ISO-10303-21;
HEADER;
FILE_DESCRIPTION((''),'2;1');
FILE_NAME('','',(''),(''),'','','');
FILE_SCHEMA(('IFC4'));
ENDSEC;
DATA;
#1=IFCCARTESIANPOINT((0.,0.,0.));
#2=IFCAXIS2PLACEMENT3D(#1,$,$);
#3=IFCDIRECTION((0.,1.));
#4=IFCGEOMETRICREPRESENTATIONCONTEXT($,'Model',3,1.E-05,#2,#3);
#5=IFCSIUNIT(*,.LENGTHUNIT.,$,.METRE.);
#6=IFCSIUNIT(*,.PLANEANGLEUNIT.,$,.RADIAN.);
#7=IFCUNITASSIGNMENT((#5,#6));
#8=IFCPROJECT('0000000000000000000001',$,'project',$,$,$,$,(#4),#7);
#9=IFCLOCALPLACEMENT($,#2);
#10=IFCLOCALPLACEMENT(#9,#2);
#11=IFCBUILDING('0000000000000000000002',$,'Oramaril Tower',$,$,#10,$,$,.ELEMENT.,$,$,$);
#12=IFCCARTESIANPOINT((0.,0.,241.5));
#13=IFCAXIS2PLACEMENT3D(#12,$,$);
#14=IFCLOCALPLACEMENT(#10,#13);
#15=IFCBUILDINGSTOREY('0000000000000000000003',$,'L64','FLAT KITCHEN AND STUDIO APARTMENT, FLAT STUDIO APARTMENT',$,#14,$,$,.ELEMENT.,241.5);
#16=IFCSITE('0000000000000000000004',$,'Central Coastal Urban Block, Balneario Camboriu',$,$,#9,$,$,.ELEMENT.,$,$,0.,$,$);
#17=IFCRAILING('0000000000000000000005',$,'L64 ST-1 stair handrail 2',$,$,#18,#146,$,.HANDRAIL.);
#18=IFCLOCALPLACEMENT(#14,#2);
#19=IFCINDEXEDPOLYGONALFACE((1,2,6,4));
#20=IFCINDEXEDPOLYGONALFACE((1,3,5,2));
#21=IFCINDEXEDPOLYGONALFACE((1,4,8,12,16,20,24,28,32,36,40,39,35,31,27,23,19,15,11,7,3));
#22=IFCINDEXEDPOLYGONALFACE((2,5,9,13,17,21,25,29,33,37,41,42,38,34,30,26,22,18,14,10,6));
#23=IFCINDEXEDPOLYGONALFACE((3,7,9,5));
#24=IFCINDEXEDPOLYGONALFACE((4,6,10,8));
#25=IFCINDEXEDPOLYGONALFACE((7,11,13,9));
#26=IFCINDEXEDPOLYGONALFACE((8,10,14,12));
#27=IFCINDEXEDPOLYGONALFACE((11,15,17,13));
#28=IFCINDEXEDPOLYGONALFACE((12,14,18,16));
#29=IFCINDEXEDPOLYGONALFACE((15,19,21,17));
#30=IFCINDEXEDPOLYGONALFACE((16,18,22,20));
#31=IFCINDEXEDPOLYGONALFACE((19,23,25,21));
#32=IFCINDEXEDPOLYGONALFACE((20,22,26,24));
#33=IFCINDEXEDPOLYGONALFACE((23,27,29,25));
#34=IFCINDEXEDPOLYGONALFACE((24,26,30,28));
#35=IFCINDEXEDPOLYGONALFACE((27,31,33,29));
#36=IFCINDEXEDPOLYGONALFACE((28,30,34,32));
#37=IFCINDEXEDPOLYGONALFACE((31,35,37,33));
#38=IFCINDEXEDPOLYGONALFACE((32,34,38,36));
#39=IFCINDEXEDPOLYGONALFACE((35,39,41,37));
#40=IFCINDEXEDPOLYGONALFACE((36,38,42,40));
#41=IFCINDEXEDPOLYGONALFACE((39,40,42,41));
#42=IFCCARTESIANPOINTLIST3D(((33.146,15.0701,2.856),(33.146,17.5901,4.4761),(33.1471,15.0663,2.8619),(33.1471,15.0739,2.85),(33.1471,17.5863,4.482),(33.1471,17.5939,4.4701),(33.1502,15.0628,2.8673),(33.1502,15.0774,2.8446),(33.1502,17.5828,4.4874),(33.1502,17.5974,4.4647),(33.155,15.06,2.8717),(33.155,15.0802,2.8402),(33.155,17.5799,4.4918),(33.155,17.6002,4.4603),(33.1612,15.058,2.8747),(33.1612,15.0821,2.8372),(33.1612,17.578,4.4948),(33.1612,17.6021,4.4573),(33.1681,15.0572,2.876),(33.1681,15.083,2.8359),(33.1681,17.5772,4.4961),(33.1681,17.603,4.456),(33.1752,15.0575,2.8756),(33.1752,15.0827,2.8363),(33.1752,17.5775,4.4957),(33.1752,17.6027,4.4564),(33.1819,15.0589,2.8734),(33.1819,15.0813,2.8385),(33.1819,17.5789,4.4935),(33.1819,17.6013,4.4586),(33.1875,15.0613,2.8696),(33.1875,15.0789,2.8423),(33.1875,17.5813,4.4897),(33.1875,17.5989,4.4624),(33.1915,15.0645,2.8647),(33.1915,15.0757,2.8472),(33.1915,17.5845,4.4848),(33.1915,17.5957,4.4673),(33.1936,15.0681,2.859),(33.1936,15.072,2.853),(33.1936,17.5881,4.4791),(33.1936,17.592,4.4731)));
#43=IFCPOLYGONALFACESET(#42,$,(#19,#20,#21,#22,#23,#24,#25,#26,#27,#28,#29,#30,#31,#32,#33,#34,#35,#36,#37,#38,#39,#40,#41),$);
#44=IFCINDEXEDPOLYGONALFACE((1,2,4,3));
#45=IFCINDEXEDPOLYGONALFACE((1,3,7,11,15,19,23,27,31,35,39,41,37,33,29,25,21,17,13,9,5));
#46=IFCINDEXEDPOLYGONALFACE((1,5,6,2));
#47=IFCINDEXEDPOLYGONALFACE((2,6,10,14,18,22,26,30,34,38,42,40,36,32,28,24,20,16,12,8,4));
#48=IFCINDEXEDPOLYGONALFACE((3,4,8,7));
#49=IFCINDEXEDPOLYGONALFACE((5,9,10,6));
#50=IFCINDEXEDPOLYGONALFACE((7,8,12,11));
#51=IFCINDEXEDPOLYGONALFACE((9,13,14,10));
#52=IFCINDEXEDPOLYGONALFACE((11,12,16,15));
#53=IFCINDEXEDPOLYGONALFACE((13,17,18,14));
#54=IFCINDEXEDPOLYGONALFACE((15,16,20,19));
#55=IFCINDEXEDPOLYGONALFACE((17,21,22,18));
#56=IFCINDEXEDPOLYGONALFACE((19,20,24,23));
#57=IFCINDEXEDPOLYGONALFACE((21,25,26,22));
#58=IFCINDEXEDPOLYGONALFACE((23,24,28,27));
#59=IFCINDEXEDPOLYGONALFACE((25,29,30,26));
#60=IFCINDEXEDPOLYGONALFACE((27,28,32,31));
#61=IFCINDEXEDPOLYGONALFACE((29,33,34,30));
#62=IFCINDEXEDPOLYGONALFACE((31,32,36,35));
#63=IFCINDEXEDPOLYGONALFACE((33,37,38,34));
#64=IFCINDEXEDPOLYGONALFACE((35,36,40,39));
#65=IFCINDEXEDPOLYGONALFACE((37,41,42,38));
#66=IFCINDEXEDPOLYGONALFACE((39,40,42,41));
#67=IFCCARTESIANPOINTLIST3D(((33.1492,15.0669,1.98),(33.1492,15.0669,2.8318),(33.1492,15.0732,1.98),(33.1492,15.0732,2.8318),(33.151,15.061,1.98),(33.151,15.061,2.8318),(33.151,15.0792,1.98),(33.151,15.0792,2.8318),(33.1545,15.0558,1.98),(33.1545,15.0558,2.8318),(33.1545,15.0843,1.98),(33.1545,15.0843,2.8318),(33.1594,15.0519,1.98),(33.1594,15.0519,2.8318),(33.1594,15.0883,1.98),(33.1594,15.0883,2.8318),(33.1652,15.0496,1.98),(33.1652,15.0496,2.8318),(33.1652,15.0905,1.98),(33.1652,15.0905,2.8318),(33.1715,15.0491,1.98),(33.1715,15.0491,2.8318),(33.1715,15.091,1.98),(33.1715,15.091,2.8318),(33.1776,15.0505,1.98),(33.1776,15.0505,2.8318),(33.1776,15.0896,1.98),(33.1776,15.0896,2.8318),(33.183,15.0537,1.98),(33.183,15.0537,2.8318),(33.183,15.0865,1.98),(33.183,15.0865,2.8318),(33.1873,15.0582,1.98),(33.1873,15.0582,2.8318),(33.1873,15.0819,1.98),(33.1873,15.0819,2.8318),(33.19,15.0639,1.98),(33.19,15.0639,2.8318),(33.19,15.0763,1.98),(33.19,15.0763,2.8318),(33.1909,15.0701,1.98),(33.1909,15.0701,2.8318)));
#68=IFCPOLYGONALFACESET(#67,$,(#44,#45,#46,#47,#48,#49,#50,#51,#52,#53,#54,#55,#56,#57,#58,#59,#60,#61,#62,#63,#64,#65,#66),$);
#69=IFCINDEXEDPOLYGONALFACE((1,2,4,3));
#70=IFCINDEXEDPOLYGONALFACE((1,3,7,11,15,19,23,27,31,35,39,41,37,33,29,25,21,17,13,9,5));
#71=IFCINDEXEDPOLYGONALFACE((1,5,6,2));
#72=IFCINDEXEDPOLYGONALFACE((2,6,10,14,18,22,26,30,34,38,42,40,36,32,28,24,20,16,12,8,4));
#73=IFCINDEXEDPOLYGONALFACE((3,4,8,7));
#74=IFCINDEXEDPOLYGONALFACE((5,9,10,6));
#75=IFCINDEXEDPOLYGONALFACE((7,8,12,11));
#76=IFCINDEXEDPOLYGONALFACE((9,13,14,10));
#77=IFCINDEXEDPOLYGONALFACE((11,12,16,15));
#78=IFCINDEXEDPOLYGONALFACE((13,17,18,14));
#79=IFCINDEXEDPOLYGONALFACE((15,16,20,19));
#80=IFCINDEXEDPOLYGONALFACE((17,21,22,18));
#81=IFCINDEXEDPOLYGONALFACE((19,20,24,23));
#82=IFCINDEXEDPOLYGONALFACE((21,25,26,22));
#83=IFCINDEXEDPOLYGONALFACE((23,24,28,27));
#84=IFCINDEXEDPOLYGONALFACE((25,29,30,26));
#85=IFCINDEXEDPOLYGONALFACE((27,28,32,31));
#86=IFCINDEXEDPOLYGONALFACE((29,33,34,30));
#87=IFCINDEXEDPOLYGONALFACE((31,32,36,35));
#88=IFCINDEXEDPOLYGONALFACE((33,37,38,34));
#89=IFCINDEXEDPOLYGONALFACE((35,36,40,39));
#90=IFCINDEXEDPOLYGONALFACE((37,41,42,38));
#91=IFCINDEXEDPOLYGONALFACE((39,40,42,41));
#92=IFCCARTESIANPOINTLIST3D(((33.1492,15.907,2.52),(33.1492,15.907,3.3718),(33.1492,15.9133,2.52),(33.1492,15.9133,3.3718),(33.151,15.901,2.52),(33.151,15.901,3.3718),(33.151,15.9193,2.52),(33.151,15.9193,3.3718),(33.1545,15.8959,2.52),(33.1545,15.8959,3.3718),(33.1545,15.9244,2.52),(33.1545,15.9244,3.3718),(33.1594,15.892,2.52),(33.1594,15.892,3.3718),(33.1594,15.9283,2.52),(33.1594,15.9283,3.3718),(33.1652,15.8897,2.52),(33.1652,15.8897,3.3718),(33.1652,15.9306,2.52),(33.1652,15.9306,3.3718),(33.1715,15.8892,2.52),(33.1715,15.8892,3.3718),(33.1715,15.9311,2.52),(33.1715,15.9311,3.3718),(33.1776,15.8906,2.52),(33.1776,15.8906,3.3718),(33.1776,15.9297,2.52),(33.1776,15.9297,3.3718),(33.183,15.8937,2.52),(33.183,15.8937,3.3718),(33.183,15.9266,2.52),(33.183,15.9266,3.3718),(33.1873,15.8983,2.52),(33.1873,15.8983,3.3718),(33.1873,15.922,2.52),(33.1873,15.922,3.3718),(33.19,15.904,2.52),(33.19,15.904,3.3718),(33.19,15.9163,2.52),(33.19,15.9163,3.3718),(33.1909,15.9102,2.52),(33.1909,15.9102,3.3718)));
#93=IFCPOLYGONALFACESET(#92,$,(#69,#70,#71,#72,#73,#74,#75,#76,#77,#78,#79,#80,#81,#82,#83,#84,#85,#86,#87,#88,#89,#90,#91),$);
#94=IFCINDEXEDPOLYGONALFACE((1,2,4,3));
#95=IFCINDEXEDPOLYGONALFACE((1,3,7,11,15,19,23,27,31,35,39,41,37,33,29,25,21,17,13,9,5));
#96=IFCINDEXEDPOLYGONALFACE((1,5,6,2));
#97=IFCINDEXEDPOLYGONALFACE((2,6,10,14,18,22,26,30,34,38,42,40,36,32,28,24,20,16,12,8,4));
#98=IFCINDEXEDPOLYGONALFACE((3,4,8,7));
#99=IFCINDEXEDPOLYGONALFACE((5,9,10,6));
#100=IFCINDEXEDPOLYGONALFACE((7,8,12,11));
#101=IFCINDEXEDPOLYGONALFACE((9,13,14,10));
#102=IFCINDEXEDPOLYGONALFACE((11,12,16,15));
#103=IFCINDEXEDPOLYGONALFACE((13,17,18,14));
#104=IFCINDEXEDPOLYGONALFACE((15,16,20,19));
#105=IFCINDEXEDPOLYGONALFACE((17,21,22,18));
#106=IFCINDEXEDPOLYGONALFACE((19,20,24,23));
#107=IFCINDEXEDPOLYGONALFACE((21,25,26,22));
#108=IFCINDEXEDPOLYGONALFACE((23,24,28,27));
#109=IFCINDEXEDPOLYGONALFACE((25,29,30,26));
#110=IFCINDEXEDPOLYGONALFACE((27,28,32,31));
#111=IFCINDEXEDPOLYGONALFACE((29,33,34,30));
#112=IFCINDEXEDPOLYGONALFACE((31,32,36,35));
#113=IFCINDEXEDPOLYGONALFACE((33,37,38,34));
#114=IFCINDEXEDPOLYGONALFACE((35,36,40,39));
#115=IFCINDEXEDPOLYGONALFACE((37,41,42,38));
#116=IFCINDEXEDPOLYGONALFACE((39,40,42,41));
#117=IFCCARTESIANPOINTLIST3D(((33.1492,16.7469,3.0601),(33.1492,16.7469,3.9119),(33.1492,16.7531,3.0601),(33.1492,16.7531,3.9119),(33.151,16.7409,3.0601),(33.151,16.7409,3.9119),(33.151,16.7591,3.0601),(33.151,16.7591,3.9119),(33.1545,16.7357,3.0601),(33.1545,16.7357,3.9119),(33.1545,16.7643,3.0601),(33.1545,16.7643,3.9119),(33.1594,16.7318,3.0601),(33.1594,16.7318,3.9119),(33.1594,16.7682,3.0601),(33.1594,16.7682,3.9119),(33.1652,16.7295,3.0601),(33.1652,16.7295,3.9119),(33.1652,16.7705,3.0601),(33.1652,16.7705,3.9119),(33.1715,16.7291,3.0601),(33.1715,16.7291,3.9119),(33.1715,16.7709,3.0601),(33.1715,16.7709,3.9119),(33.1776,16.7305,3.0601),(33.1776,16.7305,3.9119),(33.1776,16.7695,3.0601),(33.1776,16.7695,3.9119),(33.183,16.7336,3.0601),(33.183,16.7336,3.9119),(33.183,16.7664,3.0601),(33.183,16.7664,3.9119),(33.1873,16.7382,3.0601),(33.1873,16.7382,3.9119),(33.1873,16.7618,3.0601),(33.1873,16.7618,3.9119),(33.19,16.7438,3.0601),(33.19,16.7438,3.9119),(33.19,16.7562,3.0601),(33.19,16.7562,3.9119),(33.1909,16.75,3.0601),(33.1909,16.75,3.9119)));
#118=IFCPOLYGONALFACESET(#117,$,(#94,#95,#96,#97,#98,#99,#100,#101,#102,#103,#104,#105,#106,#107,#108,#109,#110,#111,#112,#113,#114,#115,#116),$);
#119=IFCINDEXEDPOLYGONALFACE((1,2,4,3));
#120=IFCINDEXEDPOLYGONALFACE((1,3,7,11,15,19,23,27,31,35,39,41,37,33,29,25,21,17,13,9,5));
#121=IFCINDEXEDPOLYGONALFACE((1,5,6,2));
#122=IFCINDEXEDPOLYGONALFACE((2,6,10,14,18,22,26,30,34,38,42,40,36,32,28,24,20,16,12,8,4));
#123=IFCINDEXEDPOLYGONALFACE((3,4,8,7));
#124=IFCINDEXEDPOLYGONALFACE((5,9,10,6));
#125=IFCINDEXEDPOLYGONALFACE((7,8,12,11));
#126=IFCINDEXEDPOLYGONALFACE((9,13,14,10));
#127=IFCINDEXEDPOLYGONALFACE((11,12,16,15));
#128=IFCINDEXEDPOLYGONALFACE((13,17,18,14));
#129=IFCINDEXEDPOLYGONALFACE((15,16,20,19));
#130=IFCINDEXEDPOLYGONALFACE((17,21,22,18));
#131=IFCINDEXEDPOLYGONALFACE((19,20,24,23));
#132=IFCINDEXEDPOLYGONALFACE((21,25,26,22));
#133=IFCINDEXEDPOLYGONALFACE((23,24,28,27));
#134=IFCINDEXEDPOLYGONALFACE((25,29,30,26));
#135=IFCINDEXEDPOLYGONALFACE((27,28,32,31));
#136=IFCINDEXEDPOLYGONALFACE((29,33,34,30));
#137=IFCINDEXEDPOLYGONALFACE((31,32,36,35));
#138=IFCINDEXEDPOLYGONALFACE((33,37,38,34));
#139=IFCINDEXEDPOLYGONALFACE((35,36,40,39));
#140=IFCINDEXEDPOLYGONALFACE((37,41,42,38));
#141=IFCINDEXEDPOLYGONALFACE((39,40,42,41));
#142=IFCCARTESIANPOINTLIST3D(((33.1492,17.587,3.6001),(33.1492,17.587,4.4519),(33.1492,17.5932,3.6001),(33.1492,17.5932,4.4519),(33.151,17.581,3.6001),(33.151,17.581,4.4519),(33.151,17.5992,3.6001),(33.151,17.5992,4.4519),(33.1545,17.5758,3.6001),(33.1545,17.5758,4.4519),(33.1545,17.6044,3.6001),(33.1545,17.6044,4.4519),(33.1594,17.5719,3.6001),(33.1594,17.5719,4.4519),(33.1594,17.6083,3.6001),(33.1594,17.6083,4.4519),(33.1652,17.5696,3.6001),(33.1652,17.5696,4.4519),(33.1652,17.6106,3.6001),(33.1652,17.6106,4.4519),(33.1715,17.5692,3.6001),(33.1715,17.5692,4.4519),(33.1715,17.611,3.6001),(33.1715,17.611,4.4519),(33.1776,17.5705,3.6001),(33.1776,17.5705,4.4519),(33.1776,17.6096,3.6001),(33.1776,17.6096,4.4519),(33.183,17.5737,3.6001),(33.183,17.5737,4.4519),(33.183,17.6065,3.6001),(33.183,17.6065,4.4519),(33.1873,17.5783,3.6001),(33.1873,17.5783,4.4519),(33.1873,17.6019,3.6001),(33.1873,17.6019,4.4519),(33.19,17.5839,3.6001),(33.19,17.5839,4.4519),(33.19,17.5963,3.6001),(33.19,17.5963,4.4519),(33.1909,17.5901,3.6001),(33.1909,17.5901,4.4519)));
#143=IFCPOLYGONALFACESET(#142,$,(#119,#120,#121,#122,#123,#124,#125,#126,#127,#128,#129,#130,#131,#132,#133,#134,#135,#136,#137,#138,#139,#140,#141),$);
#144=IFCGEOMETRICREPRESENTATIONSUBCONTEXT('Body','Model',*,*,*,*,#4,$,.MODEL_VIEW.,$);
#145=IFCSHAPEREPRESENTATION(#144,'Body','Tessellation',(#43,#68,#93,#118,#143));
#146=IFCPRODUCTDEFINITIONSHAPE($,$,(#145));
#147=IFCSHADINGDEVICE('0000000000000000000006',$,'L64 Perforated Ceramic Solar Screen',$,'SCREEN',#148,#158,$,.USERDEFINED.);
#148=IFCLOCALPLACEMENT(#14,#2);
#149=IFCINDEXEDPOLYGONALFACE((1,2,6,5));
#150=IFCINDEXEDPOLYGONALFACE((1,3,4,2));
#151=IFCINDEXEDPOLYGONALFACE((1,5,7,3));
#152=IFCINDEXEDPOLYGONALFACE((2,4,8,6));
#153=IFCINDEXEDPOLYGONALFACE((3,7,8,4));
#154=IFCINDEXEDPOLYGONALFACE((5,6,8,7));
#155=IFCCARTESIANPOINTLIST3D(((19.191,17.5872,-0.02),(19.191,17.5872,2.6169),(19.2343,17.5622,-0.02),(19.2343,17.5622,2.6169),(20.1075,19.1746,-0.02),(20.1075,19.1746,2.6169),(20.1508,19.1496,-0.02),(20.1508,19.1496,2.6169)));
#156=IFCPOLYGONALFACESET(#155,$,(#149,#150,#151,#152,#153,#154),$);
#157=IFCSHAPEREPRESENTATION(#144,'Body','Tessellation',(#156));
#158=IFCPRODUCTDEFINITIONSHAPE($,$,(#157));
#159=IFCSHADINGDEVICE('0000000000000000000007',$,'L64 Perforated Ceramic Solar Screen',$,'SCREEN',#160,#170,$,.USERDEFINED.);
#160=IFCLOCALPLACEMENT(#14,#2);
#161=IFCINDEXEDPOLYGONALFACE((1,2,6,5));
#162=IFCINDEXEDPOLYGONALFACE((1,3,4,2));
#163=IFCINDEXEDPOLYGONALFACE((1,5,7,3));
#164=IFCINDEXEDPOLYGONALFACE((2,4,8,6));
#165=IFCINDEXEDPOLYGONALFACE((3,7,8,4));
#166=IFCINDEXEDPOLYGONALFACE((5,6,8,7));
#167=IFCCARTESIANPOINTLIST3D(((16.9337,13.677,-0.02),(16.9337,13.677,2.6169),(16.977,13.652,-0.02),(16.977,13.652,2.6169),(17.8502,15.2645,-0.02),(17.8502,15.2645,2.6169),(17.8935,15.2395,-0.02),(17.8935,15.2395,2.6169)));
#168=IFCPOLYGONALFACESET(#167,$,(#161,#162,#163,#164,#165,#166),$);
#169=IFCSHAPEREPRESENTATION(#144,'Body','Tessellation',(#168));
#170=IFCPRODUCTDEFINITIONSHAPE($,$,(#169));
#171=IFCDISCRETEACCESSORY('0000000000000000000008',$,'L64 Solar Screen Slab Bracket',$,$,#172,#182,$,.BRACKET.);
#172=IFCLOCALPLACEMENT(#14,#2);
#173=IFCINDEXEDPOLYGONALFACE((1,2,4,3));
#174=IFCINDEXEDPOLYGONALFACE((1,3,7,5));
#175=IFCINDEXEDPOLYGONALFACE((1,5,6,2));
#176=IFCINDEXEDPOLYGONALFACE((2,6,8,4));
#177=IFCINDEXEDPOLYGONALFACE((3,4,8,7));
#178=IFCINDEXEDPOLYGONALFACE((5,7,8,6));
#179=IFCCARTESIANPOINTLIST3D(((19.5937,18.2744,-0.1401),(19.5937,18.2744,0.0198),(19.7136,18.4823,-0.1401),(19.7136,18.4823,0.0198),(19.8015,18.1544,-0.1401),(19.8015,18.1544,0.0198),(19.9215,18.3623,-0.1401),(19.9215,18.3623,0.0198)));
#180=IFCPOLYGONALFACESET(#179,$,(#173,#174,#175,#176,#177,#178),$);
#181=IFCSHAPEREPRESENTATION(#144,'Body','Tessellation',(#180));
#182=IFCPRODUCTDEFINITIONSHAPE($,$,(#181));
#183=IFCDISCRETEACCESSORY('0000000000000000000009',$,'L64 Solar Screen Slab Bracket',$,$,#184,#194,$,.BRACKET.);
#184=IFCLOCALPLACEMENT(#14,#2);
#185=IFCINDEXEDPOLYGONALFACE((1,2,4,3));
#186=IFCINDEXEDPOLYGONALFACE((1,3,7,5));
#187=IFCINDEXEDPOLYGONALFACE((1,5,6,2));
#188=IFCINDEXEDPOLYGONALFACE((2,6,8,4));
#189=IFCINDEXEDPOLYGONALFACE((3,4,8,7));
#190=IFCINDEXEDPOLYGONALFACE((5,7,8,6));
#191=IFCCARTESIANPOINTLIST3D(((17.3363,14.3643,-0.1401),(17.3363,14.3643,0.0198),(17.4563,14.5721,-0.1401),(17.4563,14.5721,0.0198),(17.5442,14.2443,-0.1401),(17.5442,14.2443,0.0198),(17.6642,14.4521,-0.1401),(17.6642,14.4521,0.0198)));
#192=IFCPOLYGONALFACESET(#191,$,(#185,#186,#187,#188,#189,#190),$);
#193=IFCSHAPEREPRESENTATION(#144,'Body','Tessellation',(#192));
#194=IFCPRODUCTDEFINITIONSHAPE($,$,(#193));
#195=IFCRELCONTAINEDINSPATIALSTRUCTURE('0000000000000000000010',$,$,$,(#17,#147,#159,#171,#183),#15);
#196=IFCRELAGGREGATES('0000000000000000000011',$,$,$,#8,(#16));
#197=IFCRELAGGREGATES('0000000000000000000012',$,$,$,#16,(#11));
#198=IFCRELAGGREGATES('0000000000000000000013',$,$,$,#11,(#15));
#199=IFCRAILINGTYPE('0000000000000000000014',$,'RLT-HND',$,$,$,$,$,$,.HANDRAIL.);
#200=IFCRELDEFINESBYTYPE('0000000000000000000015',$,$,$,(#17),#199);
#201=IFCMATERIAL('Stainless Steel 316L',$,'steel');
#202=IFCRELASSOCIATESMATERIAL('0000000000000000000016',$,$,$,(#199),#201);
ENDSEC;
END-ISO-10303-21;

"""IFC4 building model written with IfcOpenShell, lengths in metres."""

from ifc_helpers import new_model, si_unit, direction, frame, origin, origin_2d, place, context, subcontext, project, spatial, rectangle, circle, extrude, material, type_object, element, save


model = new_model("IFC4")

# Units and contexts
model_context = context("Model", 3, precision=1e-05, world=origin(), true_north=direction((0.0, 1.0)))
body_context = subcontext(model_context, "Body", "Model", "MODEL_VIEW")
ifc_project = project(units=[si_unit("LENGTHUNIT", "METRE"), si_unit("PLANEANGLEUNIT", "RADIAN")], contexts=[model_context])

# Site, building, storey
site_placement = place(None, origin())
site = spatial("IfcSite", under=ifc_project, at=site_placement, Name="Central Coastal Urban Block, Balneario Camboriu", CompositionType="ELEMENT", RefElevation=0.0)
building_placement = place(site_placement, origin())
building = spatial("IfcBuilding", under=site, at=building_placement, Name="Oramaril Tower", CompositionType="ELEMENT")
storey_placement = place(building_placement, frame((0.0, 0.0, 241.5)))
storey = spatial("IfcBuildingStorey", under=building, at=storey_placement, Name="L64", Description="FLAT KITCHEN AND STUDIO APARTMENT, FLAT STUDIO APARTMENT", CompositionType="ELEMENT", Elevation=241.5)

# Railing
ifc_material_1 = material(Name="Stainless Steel 316L", Category="steel")
railing_type_1 = type_object("IfcRailingType", Name="RLT-HND", PredefinedType="HANDRAIL", material=ifc_material_1)
railing_1_placement = place(storey_placement, frame((33.1699, 15.0701, 1.98)))
element("IfcRailing", 1, at=railing_1_placement, inside=storey, type_object=railing_type_1, Name="L64 ST-1 stair handrail 2", PredefinedType="HANDRAIL", context=body_context, shape_type="SweptSolid", body=[
    extrude(circle(Radius=0.0239, at=origin_2d()), frame((0.0, 0.0, 0.876), z_axis=(0.0, 0.841163, 0.540782), x_axis=(-1.0, 0.0, 0.0)), (0.0, 0.0, 1.0), 2.9958),
    extrude(circle(Radius=0.021, at=origin_2d()), origin(), (0.0, 0.0, 1.0), 0.8518),
    extrude(circle(Radius=0.021, at=origin_2d()), frame((0.0, 0.8401, 0.54)), (0.0, 0.0, 1.0), 0.8518),
    extrude(circle(Radius=0.021, at=origin_2d()), frame((0.0, 1.6799, 1.0801)), (0.0, 0.0, 1.0), 0.8518),
    extrude(circle(Radius=0.021, at=origin_2d()), frame((0.0, 2.52, 1.6201)), (0.0, 0.0, 1.0), 0.8518),
])

# Shading devices
for number, where, z_axis, x_axis, name in (
    (2, (19.6709, 18.3684, -0.02), (0.0, 0.0, 1.0), (-0.499998, -0.866026, 0.0), "L64 Perforated Ceramic Solar Screen"),
    (3, (17.4136, 14.4583, -0.02), (0.0, 0.0, 1.0), (-0.499998, -0.866026, 0.0), "L64 Perforated Ceramic Solar Screen"),
):
    element("IfcShadingDevice", number, at=place(storey_placement, frame(where, z_axis=z_axis, x_axis=x_axis)), inside=storey, Name=name, ObjectType="SCREEN", PredefinedType="USERDEFINED", context=body_context, shape_type="SweptSolid", body=[
        extrude(rectangle(XDim=1.833, YDim=0.05, at=origin_2d()), origin(), (0.0, 0.0, 1.0), 2.637),
    ])

# Discrete accessories
for number, where, z_axis, x_axis, name in (
    (4, (19.7576, 18.3184, -0.1401), (0.0, 0.0, 1.0), (-0.499998, -0.866026, 0.0), "L64 Solar Screen Slab Bracket"),
    (5, (17.5002, 14.4082, -0.1401), (0.0, 0.0, 1.0), (-0.499998, -0.866026, 0.0), "L64 Solar Screen Slab Bracket"),
):
    element("IfcDiscreteAccessory", number, at=place(storey_placement, frame(where, z_axis=z_axis, x_axis=x_axis)), inside=storey, Name=name, PredefinedType="BRACKET", context=body_context, shape_type="SweptSolid", body=[
        extrude(rectangle(XDim=0.24, YDim=0.24, at=origin_2d()), origin(), (0.0, 0.0, 1.0), 0.1599),
    ])

save(model, "model.ifc")
